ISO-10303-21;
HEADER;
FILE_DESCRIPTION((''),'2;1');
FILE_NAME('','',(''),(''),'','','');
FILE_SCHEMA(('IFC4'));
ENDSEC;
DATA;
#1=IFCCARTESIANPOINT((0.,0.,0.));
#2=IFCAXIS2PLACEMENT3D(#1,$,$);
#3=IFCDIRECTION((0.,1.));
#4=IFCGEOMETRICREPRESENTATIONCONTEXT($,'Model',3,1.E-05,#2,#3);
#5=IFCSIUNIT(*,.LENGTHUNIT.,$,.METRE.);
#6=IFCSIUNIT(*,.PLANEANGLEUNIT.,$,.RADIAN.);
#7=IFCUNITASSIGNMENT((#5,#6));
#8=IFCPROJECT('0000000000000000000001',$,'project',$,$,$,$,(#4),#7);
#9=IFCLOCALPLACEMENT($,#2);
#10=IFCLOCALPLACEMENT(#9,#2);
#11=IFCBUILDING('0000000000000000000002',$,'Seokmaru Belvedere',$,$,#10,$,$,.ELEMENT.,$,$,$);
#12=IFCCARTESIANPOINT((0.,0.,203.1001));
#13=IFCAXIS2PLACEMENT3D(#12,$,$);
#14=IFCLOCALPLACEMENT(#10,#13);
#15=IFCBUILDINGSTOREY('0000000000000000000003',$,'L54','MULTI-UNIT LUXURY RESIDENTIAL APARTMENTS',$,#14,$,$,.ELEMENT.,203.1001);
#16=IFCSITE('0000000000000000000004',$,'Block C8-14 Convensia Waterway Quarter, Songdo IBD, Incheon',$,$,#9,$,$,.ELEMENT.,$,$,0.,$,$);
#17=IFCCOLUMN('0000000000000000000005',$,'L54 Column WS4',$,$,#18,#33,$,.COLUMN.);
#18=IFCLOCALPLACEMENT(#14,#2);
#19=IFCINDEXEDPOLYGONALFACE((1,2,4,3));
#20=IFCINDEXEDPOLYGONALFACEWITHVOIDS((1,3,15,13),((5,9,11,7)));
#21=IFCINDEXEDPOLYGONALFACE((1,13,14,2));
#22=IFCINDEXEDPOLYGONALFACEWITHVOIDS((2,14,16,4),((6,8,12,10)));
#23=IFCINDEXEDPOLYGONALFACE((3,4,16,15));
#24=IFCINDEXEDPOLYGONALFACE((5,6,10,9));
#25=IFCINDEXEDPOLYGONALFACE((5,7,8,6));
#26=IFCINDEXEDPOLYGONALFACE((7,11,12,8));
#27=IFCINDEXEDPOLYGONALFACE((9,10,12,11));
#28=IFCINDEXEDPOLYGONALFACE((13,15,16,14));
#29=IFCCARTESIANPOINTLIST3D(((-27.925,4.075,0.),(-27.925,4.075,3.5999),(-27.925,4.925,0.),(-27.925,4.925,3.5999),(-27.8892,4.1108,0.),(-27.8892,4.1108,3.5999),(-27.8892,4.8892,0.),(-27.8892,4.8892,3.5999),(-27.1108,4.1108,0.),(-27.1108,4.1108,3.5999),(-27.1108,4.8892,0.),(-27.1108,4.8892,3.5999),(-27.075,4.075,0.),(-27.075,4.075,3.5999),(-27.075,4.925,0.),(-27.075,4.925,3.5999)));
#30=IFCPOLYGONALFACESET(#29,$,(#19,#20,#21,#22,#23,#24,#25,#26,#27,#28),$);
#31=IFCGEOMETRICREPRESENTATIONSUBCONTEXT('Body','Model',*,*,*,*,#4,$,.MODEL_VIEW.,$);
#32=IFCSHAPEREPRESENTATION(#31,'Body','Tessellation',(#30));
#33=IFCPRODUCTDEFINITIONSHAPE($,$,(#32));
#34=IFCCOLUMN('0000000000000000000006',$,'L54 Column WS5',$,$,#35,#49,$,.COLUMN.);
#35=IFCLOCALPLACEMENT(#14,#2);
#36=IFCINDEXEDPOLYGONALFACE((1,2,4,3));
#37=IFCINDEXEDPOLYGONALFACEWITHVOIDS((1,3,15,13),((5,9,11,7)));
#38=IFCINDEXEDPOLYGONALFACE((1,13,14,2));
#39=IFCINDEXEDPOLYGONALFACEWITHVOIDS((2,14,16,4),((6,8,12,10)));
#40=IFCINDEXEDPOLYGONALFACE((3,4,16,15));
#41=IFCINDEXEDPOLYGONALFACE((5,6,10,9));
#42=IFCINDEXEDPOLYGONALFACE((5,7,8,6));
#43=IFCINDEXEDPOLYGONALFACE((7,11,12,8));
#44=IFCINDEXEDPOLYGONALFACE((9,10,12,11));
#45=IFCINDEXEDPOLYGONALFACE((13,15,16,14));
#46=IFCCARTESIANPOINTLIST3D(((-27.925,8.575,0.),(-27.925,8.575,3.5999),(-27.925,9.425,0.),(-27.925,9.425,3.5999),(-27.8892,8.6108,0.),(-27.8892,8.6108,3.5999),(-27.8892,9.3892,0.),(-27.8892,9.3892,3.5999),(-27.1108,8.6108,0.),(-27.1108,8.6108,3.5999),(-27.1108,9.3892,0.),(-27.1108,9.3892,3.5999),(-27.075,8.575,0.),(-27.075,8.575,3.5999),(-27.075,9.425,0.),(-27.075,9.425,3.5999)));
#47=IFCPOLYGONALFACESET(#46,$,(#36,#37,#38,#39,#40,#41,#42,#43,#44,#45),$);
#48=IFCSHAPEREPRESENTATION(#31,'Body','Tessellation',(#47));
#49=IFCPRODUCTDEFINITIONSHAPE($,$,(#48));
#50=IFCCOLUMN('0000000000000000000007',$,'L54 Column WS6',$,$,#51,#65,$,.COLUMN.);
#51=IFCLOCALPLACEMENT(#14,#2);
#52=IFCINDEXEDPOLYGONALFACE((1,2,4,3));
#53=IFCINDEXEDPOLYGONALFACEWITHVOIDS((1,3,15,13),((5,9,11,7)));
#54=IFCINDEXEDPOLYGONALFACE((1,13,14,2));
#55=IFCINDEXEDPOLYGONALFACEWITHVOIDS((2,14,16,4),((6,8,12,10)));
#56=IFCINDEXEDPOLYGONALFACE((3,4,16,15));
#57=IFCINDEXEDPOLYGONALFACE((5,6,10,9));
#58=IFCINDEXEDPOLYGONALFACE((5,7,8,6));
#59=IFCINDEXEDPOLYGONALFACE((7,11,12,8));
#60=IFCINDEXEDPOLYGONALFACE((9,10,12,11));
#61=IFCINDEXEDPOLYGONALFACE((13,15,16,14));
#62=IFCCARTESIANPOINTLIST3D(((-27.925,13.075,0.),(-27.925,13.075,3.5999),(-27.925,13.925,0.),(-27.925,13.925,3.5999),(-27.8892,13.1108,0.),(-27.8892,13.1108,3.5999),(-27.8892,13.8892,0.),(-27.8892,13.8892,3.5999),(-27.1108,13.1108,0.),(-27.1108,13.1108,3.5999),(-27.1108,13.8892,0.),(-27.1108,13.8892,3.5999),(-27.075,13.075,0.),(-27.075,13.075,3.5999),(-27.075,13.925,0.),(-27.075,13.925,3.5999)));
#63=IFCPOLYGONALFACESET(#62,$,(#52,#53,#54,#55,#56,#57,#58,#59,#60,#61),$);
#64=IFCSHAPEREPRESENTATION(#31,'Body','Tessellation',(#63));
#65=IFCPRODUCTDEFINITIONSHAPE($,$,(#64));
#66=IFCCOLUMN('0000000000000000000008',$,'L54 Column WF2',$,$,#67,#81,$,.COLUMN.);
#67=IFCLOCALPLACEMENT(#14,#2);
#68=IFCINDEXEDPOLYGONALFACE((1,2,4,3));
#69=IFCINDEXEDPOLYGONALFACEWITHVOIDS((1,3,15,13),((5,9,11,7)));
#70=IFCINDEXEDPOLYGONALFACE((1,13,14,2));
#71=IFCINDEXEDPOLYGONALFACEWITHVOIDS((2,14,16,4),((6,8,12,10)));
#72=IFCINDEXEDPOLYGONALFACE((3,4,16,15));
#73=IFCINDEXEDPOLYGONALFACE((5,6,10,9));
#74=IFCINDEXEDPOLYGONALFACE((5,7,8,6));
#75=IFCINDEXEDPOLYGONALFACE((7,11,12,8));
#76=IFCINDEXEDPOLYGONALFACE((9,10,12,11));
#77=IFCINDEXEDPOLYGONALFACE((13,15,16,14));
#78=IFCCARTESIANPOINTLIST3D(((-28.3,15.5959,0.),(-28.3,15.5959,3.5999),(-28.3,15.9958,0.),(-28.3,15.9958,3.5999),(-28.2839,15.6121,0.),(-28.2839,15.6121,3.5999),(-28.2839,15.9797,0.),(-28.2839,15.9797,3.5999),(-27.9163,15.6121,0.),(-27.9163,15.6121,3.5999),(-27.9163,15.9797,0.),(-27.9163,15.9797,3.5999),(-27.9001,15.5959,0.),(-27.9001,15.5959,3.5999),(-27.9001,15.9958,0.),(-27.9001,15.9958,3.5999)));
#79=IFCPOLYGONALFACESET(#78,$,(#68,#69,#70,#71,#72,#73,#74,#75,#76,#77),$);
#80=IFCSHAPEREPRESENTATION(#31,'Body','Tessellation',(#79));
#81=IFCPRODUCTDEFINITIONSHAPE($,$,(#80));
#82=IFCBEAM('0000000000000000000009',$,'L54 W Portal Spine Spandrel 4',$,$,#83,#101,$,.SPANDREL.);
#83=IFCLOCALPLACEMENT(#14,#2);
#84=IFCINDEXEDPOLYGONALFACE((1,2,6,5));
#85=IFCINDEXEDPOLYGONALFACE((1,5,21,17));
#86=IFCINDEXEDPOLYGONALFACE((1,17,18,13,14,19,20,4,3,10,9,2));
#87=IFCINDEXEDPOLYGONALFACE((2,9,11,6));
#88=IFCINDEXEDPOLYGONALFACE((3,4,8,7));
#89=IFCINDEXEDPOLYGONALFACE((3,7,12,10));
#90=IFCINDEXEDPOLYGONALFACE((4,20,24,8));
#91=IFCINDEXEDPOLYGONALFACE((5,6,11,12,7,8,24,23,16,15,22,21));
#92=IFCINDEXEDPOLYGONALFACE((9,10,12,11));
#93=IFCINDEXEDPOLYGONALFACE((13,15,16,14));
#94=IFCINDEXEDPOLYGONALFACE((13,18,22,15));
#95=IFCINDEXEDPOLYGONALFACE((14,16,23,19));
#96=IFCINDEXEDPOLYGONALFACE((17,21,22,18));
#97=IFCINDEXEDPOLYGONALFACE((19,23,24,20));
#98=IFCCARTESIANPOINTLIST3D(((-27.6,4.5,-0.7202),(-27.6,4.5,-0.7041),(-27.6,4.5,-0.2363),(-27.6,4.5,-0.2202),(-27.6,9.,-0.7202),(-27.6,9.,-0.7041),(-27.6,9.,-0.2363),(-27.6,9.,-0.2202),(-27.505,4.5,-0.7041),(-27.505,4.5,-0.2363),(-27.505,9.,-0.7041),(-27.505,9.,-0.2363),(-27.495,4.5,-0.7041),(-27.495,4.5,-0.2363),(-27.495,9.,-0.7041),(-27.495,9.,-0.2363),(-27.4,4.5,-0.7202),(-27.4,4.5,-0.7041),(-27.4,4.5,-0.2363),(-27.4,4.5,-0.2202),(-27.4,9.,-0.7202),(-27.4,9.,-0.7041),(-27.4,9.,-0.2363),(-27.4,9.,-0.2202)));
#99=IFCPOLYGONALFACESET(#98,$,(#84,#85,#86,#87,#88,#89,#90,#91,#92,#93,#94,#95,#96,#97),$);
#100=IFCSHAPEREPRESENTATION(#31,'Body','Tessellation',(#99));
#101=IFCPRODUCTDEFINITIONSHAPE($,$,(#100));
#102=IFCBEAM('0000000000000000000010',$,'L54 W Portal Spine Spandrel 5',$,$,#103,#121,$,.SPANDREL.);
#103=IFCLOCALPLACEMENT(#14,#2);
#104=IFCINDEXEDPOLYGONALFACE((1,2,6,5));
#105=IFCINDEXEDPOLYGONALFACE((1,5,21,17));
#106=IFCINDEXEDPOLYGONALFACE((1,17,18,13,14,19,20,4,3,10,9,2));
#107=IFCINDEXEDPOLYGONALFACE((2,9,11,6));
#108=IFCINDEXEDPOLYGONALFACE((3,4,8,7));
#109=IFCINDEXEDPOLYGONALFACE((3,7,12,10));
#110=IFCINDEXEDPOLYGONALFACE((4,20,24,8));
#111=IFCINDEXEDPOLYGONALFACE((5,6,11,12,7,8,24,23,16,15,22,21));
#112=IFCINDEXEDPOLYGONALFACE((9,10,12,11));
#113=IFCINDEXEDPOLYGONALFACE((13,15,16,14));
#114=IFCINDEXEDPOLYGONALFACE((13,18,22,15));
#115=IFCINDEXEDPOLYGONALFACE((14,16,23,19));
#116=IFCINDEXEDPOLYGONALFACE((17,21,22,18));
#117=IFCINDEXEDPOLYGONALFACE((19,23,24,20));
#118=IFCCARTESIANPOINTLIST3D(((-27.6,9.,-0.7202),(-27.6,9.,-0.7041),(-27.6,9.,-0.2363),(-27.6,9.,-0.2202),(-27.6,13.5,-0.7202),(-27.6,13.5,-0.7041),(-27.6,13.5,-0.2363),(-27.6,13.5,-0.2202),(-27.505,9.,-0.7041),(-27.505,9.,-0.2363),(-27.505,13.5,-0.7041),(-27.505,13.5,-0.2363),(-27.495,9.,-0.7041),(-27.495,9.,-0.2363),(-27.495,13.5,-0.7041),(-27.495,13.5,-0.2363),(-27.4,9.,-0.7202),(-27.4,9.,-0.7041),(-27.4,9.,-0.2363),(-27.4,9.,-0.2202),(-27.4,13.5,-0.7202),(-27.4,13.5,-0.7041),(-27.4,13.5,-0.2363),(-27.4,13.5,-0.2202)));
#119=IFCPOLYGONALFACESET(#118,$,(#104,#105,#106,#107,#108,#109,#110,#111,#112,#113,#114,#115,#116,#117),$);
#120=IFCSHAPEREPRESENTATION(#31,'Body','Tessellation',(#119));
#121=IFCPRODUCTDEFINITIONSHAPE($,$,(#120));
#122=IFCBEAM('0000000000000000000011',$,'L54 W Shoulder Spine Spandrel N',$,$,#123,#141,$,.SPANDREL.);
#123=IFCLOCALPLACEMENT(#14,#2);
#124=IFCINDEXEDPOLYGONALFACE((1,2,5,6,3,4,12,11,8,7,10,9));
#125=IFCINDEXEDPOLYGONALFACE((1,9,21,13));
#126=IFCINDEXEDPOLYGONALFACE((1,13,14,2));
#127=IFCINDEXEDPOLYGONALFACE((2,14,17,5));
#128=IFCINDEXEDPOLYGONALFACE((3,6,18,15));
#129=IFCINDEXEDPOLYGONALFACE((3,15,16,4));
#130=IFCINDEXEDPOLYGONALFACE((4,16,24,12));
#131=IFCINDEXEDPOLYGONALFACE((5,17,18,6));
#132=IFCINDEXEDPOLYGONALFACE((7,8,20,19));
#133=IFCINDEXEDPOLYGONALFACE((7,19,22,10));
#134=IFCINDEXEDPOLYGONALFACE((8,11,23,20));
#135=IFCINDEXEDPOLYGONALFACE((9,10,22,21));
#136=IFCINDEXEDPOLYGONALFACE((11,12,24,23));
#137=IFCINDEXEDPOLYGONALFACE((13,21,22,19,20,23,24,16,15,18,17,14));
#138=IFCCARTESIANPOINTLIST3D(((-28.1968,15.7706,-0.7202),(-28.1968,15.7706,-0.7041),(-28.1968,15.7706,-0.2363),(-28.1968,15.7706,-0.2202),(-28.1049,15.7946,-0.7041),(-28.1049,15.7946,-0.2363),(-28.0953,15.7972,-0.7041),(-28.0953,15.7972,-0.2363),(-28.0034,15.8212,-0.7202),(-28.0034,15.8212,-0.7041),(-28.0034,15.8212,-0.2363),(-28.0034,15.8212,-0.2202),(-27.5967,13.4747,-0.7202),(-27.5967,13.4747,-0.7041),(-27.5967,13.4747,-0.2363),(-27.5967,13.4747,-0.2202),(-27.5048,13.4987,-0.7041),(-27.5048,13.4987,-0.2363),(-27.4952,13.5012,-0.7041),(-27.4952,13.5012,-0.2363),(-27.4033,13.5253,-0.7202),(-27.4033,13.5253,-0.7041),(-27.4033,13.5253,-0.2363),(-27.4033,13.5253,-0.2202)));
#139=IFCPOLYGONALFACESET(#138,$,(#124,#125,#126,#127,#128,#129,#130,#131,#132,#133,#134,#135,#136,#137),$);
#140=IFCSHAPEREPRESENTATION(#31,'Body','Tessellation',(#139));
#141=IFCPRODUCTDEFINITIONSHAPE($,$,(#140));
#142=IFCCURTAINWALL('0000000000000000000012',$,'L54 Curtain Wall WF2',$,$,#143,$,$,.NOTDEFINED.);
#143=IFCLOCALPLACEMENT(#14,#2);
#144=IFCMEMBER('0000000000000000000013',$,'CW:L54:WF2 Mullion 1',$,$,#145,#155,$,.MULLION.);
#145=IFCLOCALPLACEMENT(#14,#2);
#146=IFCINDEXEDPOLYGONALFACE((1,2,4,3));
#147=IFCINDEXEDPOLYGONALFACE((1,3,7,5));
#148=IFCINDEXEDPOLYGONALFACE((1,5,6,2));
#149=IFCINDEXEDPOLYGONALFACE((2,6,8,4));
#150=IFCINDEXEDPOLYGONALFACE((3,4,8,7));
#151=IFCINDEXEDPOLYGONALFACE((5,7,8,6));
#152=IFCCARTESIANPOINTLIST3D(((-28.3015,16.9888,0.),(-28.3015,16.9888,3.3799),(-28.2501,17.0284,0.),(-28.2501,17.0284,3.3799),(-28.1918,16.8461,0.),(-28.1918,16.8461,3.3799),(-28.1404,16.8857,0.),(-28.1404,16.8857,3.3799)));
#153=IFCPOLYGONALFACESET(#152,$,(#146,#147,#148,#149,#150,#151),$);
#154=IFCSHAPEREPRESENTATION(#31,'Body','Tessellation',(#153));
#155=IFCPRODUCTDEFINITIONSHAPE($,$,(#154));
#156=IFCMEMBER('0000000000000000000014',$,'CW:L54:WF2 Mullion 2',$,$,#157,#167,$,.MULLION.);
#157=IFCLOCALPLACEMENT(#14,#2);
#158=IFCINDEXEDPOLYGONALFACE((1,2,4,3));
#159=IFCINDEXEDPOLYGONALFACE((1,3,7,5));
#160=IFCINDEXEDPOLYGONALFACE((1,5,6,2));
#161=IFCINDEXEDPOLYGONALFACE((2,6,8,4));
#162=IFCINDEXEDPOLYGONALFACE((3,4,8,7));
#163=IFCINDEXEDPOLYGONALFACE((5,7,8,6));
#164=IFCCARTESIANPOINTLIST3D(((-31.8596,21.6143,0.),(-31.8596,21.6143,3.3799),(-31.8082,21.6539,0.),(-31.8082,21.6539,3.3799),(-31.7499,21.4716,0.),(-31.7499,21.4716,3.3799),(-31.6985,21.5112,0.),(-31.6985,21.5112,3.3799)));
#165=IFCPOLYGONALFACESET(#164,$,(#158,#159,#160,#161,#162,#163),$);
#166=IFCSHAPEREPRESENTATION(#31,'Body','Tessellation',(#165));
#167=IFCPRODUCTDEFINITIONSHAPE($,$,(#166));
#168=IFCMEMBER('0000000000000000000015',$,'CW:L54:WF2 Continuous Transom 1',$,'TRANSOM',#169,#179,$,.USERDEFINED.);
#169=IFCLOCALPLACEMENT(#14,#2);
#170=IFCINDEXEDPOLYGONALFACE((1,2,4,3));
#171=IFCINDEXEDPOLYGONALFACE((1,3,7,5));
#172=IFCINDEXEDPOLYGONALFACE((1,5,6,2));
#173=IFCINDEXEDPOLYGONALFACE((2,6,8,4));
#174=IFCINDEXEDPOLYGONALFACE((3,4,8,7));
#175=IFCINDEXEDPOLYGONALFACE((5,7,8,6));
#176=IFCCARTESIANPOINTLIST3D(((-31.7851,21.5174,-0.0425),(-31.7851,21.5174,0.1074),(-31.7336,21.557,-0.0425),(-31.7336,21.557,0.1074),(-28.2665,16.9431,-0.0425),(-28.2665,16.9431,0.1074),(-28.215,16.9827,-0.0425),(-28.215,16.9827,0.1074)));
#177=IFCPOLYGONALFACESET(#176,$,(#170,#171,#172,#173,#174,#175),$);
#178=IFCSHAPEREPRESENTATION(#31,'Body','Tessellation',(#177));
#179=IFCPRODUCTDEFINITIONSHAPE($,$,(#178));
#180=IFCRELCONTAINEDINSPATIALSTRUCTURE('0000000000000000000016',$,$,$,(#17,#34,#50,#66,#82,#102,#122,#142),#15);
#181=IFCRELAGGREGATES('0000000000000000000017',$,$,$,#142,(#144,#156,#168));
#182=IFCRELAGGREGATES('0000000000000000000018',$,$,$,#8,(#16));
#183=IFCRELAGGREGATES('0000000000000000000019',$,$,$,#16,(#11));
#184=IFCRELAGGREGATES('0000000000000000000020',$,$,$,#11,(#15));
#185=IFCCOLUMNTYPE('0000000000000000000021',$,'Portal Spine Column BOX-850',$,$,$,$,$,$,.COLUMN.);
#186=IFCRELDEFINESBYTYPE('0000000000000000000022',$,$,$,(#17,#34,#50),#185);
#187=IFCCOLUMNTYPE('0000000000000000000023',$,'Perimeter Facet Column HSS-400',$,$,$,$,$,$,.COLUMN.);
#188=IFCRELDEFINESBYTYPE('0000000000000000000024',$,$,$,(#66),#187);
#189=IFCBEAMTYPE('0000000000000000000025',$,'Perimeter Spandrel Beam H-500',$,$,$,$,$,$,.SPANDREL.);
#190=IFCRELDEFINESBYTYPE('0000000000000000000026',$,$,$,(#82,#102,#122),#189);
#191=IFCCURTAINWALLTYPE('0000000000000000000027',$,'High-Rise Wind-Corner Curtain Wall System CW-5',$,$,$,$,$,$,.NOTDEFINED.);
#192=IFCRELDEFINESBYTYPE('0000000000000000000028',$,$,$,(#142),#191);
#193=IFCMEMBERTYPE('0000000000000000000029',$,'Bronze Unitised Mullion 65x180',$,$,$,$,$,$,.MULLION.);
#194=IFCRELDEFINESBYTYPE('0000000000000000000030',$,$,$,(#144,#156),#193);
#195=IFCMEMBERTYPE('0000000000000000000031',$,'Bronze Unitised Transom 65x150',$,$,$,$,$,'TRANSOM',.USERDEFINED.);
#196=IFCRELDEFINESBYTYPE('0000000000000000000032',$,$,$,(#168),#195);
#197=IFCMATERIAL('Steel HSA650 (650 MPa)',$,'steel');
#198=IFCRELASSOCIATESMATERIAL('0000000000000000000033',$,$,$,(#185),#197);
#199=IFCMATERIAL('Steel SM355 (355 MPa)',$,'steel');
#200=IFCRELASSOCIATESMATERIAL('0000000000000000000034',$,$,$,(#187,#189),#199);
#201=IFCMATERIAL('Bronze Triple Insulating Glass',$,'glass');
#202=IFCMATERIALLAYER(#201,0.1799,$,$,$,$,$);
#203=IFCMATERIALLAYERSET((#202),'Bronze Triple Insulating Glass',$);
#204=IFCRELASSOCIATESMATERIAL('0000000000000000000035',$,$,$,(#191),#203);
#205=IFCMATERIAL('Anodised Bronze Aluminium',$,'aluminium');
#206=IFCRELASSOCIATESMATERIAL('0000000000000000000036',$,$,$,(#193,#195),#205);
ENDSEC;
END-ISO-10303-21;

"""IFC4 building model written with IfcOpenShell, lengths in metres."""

from ifc_helpers import new_model, si_unit, direction, frame, origin, origin_2d, place, context, subcontext, project, spatial, rectangle, hollow_rectangle, i_section, extrude, source, transform, mapped, material, layer, layer_set, material_profile, profile_set, type_object, type_shapes, element, aggregate, save


model = new_model("IFC4")

# Units and contexts
model_context = context("Model", 3, precision=1e-05, world=origin(), true_north=direction((0.0, 1.0)))
body_context = subcontext(model_context, "Body", "Model", "MODEL_VIEW")
ifc_project = project(units=[si_unit("LENGTHUNIT", "METRE"), si_unit("PLANEANGLEUNIT", "RADIAN")], contexts=[model_context])

# Site, building, storey
site_placement = place(None, origin())
site = spatial("IfcSite", under=ifc_project, at=site_placement, Name="Block C8-14 Convensia Waterway Quarter, Songdo IBD, Incheon", CompositionType="ELEMENT", RefElevation=0.0)
building_placement = place(site_placement, origin())
building = spatial("IfcBuilding", under=site, at=building_placement, Name="Seokmaru Belvedere", CompositionType="ELEMENT")
storey_placement = place(building_placement, frame((0.0, 0.0, 203.1001)))
storey = spatial("IfcBuildingStorey", under=building, at=storey_placement, Name="L54", Description="MULTI-UNIT LUXURY RESIDENTIAL APARTMENTS", CompositionType="ELEMENT", Elevation=203.1001)

# Columns
ifc_material_1 = material(Name="Steel HSA650 (650 MPa)", Category="steel")
ifc_material_profile_1 = material_profile(ifc_material_1, hollow_rectangle(XDim=0.8501, YDim=0.8501, WallThickness=0.0359, at=origin_2d()), Name="BOX-850x850x36")
ifc_profile_set_1 = profile_set([ifc_material_profile_1], Name="Steel HSA650 (650 MPa)")
column_type_1 = type_object("IfcColumnType", Name="Portal Spine Column BOX-850", PredefinedType="COLUMN", material=ifc_profile_set_1)
shared_shape_1 = source(origin(), body_context, "Body", "SweptSolid", [
    extrude(hollow_rectangle(XDim=0.8501, YDim=0.8501, WallThickness=0.0359, at=origin_2d()), origin(), (0.0, 0.0, 1.0), 3.5999),
])
type_shapes(column_type_1, [shared_shape_1])
for number, where, z_axis, x_axis, name in (
    (1, (-27.5, 4.5, 0.0), (0.0, 0.0, 1.0), (1.0, 0.0, 0.0), "L54 Column WS4"),
    (2, (-27.5, 9.0, 0.0), (0.0, 0.0, 1.0), (1.0, 0.0, 0.0), "L54 Column WS5"),
    (3, (-27.5, 13.5, 0.0), (0.0, 0.0, 1.0), (1.0, 0.0, 0.0), "L54 Column WS6"),
):
    element("IfcColumn", number, at=place(storey_placement, frame(where, z_axis=z_axis, x_axis=x_axis)), inside=storey, type_object=column_type_1, Name=name, PredefinedType="COLUMN", context=body_context, shape_type="MappedRepresentation", body=[
        mapped(shared_shape_1, transform((0.0, 0.0, 0.0), scale=1.0)),
    ])
ifc_material_2 = material(Name="Steel SM355 (355 MPa)", Category="steel")
ifc_material_profile_2 = material_profile(ifc_material_2, hollow_rectangle(XDim=0.3999, YDim=0.3999, WallThickness=0.0161, at=origin_2d()), Name="HSS-400x400x16")
ifc_profile_set_2 = profile_set([ifc_material_profile_2], Name="Steel SM355 (355 MPa)")
column_type_2 = type_object("IfcColumnType", Name="Perimeter Facet Column HSS-400", PredefinedType="COLUMN", material=ifc_profile_set_2)
shared_shape_2 = source(origin(), body_context, "Body", "SweptSolid", [
    extrude(hollow_rectangle(XDim=0.3999, YDim=0.3999, WallThickness=0.0161, at=origin_2d()), origin(), (0.0, 0.0, 1.0), 3.5999),
])
type_shapes(column_type_2, [shared_shape_2])
column_placement = place(storey_placement, frame((-28.1001, 15.7959, 0.0), z_axis=(0.0, 0.0, 1.0), x_axis=(1.0, 0.0, 0.0)))
element("IfcColumn", 4, at=column_placement, inside=storey, type_object=column_type_2, Name="L54 Column WF2", PredefinedType="COLUMN", context=body_context, shape_type="MappedRepresentation", body=[
    mapped(shared_shape_2, transform((0.0, 0.0, 0.0), scale=1.0)),
])

# Beams
ifc_material_profile_3 = material_profile(ifc_material_2, i_section(OverallWidth=0.2, OverallDepth=0.5, WebThickness=0.01, FlangeThickness=0.0161, at=origin_2d()), Name="H-500x200x10x16")
ifc_profile_set_3 = profile_set([ifc_material_profile_3], Name="Steel SM355 (355 MPa)")
beam_type_1 = type_object("IfcBeamType", Name="Perimeter Spandrel Beam H-500", PredefinedType="SPANDREL", material=ifc_profile_set_3)
shared_shape_3 = source(origin(), body_context, "Body", "SweptSolid", [
    extrude(i_section(OverallWidth=0.2, OverallDepth=0.5, WebThickness=0.01, FlangeThickness=0.0161, at=origin_2d()), origin(), (0.0, 0.0, 1.0), 4.5),
])
for number, where, z_axis, x_axis, name in (
    (5, (-27.5, 4.5, -0.4702), (0.0, 1.0, 0.0), (-1.0, 0.0, 0.0), "L54 W Portal Spine Spandrel 4"),
    (6, (-27.5, 9.0, -0.4702), (0.0, 1.0, 0.0), (-1.0, 0.0, 0.0), "L54 W Portal Spine Spandrel 5"),
):
    element("IfcBeam", number, at=place(storey_placement, frame(where, z_axis=z_axis, x_axis=x_axis)), inside=storey, type_object=beam_type_1, Name=name, PredefinedType="SPANDREL", context=body_context, shape_type="MappedRepresentation", body=[
        mapped(shared_shape_3, transform((0.0, 0.0, 0.0), scale=1.0)),
    ])
shared_shape_4 = source(origin(), body_context, "Body", "SweptSolid", [
    extrude(i_section(OverallWidth=0.2, OverallDepth=0.5, WebThickness=0.01, FlangeThickness=0.0161, at=origin_2d()), origin(), (0.0, 0.0, 1.0), 2.373),
])
type_shapes(beam_type_1, [shared_shape_3, shared_shape_4])
beam_1_placement = place(storey_placement, frame((-28.1001, 15.7959, -0.4702), z_axis=(0.252883, -0.967497, 0.0), x_axis=(0.967497, 0.252883, 0.0)))
element("IfcBeam", 7, at=beam_1_placement, inside=storey, type_object=beam_type_1, Name="L54 W Shoulder Spine Spandrel N", PredefinedType="SPANDREL", context=body_context, shape_type="MappedRepresentation", body=[
    mapped(shared_shape_4, transform((0.0, 0.0, 0.0), scale=1.0)),
])

# Curtain wall, members
ifc_material_3 = material(Name="Bronze Triple Insulating Glass", Category="glass")
ifc_layer_1 = layer(ifc_material_3, 0.1799)
ifc_layer_set_1 = layer_set([ifc_layer_1], Name="Bronze Triple Insulating Glass")
curtain_wall_type = type_object("IfcCurtainWallType", Name="High-Rise Wind-Corner Curtain Wall System CW-5", PredefinedType="NOTDEFINED", material=ifc_layer_set_1)
curtain_wall_placement = place(storey_placement, origin())
curtain_wall = element("IfcCurtainWall", 8, at=curtain_wall_placement, inside=storey, type_object=curtain_wall_type, Name="L54 Curtain Wall WF2", PredefinedType="NOTDEFINED")
ifc_material_4 = material(Name="Anodised Bronze Aluminium", Category="aluminium")
ifc_material_profile_4 = material_profile(ifc_material_4, rectangle(XDim=0.0649, YDim=0.1799, at=origin_2d()), Name="CW-M-65x180")
ifc_profile_set_4 = profile_set([ifc_material_profile_4], Name="Anodised Bronze Aluminium")
member_type_1 = type_object("IfcMemberType", Name="Bronze Unitised Mullion 65x180", PredefinedType="MULLION", material=ifc_profile_set_4)
shared_shape_5 = source(origin(), body_context, "Body", "SweptSolid", [
    extrude(rectangle(XDim=0.0649, YDim=0.1799, at=origin_2d()), origin(), (0.0, 0.0, 1.0), 3.3799),
])
type_shapes(member_type_1, [shared_shape_5])
member_1_placement = place(storey_placement, frame((-28.2209, 16.9373, 0.0), z_axis=(0.0, 0.0, 1.0), x_axis=(-0.792631, -0.609701, 0.0)))
member_1 = element("IfcMember", 9, at=member_1_placement, type_object=member_type_1, Name="CW:L54:WF2 Mullion 1", PredefinedType="MULLION", context=body_context, shape_type="MappedRepresentation", body=[
    mapped(shared_shape_5, transform((0.0, 0.0, 0.0), scale=1.0)),
])
member_2_placement = place(storey_placement, frame((-31.7791, 21.5627, 0.0), z_axis=(0.0, 0.0, 1.0), x_axis=(-0.792631, -0.609701, 0.0)))
member_2 = element("IfcMember", 10, at=member_2_placement, type_object=member_type_1, Name="CW:L54:WF2 Mullion 2", PredefinedType="MULLION", context=body_context, shape_type="MappedRepresentation", body=[
    mapped(shared_shape_5, transform((0.0, 0.0, 0.0), scale=1.0)),
])
ifc_material_profile_5 = material_profile(ifc_material_4, rectangle(XDim=0.0649, YDim=0.1499, at=origin_2d()), Name="CW-T-65x150")
ifc_profile_set_5 = profile_set([ifc_material_profile_5], Name="Anodised Bronze Aluminium")
member_type_2 = type_object("IfcMemberType", Name="Bronze Unitised Transom 65x150", ElementType="TRANSOM", PredefinedType="USERDEFINED", material=ifc_profile_set_5)
shared_shape_6 = source(origin(), body_context, "Body", "SweptSolid", [
    extrude(rectangle(XDim=0.0649, YDim=0.1499, at=origin_2d()), origin(), (0.0, 0.0, 1.0), 5.771),
])
type_shapes(member_type_2, [shared_shape_6])
member_3_placement = place(storey_placement, frame((-28.2407, 16.9629, 0.0325), z_axis=(-0.609703, 0.79263, 0.0), x_axis=(-0.79263, -0.609703, 0.0)))
member_3 = element("IfcMember", 11, at=member_3_placement, type_object=member_type_2, Name="CW:L54:WF2 Continuous Transom 1", ObjectType="TRANSOM", PredefinedType="USERDEFINED", context=body_context, shape_type="MappedRepresentation", body=[
    mapped(shared_shape_6, transform((0.0, 0.0, 0.0), scale=1.0)),
])

aggregate(curtain_wall, [member_1, member_2, member_3])

save(model, "model.ifc")
